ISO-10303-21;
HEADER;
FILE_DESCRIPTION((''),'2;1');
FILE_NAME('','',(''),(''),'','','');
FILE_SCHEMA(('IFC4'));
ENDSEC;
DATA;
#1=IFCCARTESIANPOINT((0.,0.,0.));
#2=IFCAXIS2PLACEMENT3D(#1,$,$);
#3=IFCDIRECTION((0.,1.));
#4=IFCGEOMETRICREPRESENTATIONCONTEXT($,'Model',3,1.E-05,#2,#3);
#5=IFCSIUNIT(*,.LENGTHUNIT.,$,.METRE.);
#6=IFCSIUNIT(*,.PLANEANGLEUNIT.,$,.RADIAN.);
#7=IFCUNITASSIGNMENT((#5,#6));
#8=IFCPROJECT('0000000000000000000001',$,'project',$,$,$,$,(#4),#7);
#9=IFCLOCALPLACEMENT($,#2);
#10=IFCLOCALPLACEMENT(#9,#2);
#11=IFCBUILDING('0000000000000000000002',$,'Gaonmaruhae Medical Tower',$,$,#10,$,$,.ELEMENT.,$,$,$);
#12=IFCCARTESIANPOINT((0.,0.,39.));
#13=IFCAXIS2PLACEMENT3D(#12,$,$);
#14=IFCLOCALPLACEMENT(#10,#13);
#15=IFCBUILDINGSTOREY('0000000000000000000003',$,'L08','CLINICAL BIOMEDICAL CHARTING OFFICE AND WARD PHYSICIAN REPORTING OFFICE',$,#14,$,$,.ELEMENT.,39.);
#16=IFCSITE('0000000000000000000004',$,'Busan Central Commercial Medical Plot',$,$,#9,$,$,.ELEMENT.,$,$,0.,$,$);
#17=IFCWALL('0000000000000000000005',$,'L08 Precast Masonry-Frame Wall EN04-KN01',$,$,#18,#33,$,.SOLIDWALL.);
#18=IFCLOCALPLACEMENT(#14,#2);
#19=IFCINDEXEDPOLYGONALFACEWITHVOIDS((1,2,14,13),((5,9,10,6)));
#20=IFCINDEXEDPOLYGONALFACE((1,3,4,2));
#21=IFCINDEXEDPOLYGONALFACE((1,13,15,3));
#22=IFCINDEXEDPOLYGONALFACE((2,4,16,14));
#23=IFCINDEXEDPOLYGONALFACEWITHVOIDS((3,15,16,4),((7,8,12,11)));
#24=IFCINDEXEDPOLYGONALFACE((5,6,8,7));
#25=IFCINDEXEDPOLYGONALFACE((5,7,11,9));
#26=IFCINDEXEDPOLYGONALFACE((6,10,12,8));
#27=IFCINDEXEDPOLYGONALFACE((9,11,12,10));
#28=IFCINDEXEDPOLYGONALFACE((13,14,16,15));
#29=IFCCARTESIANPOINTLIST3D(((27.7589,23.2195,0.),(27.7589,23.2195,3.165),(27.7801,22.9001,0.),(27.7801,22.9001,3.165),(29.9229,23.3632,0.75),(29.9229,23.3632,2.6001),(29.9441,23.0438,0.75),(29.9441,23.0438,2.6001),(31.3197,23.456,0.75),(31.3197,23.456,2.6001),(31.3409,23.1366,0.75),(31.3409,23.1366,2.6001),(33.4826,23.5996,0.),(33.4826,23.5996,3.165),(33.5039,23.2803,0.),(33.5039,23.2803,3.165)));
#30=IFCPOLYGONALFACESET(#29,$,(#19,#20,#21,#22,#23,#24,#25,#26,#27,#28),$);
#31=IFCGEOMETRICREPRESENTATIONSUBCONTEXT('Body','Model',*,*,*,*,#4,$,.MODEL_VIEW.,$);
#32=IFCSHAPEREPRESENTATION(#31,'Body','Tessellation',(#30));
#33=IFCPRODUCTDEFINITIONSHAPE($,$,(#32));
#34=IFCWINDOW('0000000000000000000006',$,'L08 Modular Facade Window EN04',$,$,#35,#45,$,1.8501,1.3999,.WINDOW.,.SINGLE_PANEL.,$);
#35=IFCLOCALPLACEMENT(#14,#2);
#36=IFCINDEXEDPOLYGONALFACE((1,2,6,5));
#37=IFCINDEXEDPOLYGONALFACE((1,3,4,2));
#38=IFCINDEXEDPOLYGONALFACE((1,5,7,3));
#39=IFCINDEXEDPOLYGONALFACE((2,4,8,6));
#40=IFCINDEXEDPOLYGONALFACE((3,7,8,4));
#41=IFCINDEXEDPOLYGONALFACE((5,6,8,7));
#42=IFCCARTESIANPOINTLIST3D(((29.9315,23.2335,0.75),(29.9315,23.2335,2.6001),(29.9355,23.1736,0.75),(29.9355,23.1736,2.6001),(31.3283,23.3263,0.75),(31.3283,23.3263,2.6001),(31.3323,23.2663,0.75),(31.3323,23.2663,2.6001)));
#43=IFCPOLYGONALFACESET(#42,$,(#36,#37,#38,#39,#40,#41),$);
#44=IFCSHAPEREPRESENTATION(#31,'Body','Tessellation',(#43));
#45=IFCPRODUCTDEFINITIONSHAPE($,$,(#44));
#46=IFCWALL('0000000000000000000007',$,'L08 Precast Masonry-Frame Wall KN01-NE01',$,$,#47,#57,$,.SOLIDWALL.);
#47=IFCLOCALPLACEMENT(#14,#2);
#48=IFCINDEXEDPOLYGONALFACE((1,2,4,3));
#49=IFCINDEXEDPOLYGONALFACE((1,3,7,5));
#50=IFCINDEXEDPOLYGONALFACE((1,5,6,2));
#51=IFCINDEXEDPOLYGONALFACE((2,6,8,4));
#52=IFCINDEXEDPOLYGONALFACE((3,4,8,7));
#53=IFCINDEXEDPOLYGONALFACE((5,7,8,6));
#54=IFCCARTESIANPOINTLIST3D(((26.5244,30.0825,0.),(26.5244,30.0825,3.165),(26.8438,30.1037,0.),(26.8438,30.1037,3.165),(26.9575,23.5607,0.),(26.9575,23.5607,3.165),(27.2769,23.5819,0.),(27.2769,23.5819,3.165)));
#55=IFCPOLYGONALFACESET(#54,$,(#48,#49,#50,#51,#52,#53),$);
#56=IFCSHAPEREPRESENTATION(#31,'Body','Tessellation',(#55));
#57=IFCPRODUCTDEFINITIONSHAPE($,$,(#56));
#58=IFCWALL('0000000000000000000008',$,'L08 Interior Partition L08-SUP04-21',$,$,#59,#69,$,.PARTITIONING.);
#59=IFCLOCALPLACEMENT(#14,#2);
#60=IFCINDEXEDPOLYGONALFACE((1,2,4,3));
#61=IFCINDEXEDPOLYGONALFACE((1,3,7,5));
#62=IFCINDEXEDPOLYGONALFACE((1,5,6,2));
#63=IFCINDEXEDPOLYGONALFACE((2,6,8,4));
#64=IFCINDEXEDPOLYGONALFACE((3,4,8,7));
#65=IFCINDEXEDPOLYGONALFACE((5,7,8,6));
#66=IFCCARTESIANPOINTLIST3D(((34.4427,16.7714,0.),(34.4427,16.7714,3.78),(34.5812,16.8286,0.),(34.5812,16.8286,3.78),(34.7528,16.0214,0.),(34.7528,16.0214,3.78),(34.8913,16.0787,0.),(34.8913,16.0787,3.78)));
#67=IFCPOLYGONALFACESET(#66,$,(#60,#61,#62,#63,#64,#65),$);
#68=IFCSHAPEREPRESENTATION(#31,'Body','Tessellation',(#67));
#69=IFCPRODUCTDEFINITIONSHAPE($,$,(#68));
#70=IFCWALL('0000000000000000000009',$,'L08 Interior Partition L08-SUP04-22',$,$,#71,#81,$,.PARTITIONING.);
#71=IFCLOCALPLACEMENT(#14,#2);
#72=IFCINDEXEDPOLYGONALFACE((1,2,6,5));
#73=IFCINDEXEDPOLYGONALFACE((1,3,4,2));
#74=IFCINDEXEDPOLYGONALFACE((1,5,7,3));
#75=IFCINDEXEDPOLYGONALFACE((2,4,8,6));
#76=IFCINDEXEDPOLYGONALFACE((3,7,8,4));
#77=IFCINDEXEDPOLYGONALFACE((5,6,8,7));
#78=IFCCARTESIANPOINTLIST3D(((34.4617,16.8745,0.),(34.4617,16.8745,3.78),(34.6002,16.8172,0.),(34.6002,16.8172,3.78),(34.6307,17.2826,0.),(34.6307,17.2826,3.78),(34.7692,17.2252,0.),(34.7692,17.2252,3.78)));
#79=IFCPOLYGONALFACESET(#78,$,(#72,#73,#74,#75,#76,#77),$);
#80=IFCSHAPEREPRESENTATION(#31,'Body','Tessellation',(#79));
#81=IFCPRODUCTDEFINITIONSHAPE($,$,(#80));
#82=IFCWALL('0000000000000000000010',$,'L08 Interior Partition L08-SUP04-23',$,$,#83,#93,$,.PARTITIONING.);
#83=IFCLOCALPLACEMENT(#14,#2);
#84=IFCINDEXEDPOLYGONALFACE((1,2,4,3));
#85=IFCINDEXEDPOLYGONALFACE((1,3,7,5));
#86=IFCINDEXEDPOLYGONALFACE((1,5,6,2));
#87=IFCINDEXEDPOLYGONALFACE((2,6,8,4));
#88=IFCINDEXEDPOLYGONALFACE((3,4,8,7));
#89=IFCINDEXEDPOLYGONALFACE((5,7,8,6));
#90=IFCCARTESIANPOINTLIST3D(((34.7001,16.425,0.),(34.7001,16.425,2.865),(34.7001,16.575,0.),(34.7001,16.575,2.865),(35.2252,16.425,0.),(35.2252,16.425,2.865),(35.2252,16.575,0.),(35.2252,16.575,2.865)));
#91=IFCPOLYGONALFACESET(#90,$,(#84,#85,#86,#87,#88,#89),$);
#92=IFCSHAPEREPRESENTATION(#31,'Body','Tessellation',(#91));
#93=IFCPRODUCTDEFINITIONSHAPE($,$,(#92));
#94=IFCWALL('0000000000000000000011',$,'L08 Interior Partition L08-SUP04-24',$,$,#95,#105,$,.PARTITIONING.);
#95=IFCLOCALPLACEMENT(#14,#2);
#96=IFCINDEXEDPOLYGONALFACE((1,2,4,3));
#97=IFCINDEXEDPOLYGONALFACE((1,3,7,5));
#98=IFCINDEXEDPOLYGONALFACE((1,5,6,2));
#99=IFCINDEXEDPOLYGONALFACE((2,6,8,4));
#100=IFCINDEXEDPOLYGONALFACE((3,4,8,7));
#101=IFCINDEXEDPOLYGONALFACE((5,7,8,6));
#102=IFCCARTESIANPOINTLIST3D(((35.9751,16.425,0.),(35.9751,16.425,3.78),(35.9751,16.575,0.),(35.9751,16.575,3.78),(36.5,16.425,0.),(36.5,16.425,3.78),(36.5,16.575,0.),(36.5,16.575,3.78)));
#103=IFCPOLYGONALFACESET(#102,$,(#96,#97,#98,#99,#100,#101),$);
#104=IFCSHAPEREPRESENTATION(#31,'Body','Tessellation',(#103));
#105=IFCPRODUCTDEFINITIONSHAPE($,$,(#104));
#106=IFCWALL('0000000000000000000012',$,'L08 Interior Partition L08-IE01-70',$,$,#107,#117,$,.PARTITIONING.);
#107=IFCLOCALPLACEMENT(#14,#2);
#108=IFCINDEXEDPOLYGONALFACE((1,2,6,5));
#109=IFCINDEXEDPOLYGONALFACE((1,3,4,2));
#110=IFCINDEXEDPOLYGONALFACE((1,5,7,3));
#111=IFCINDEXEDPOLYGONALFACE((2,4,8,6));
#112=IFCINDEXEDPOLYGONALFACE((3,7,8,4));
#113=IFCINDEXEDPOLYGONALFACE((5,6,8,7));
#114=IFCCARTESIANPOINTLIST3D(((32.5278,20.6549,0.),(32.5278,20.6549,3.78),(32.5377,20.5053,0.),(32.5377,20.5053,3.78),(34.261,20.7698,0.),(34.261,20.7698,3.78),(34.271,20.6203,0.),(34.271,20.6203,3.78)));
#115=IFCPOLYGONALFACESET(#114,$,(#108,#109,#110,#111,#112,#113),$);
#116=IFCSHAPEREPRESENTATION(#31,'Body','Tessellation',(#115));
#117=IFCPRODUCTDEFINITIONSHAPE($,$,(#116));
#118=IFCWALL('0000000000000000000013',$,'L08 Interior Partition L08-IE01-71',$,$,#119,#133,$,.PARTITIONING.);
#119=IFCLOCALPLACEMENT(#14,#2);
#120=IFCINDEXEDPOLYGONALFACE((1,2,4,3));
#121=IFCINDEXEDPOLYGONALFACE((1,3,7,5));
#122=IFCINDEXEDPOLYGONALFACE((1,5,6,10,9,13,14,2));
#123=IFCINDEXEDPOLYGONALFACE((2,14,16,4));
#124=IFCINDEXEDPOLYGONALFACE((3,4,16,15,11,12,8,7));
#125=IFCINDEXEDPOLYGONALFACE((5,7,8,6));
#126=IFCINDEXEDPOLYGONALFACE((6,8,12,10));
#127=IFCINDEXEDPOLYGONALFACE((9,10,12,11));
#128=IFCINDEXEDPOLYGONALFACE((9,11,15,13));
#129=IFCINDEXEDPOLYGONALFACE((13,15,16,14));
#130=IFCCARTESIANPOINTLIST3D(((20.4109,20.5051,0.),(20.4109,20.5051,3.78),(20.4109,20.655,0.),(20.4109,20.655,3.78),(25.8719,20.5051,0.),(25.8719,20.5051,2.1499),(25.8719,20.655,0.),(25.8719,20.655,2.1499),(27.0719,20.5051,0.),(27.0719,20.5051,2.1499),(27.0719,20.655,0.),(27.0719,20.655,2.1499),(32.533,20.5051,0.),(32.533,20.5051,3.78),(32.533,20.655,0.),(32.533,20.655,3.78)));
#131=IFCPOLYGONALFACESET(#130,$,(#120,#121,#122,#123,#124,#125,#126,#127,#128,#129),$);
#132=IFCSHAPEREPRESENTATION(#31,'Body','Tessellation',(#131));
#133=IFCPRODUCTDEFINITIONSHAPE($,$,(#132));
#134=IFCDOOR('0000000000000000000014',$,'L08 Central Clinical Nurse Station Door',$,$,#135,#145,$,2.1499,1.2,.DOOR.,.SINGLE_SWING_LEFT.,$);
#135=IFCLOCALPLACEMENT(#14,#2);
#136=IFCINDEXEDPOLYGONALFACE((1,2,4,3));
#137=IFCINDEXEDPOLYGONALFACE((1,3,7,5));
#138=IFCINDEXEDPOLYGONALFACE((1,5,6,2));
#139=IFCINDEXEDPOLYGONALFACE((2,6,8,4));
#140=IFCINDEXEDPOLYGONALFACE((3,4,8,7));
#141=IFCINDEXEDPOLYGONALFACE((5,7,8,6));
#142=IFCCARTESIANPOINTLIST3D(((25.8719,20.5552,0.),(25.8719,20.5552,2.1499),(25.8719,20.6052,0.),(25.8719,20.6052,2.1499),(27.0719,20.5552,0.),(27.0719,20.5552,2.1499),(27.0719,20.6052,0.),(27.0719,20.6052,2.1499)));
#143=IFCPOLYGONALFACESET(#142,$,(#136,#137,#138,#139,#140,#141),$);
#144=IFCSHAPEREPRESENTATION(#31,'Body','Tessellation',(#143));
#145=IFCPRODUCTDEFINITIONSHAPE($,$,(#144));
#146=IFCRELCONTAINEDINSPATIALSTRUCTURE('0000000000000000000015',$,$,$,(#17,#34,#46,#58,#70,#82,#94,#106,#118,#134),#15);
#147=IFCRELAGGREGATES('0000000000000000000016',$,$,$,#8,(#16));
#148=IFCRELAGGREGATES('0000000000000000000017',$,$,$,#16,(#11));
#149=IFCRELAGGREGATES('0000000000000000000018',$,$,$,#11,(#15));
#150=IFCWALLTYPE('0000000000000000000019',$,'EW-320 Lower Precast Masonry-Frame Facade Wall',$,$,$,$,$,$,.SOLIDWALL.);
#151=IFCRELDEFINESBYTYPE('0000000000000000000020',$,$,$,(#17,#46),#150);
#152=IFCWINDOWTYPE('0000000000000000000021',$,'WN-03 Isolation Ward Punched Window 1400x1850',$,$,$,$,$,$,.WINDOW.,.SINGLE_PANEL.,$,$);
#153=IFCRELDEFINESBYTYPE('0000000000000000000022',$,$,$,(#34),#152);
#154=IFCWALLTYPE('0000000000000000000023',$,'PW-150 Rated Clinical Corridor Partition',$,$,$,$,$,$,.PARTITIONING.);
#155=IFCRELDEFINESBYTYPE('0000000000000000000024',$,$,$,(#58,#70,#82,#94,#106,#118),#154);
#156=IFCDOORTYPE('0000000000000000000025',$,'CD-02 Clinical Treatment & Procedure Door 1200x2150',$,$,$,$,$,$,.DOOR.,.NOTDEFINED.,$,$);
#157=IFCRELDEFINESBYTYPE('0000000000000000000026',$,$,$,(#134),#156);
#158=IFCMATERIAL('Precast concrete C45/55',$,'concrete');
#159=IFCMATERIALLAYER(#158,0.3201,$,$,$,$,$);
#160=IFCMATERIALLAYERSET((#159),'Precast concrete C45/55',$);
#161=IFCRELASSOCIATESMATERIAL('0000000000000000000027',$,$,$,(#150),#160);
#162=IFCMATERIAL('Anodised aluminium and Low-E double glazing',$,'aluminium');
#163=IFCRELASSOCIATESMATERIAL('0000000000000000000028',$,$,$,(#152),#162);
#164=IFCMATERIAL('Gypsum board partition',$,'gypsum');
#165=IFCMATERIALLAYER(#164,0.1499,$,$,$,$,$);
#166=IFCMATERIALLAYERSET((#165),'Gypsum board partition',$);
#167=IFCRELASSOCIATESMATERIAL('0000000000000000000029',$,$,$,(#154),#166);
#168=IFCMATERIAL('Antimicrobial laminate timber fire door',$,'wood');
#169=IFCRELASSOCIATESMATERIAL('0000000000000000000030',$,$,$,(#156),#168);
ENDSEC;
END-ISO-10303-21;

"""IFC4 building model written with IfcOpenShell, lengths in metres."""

from ifc_helpers import new_model, si_unit, direction, frame, frame_2d, origin, place, context, subcontext, project, spatial, rectangle, extrude, material, layer, layer_set, type_object, element, fill, save


model = new_model("IFC4")

# Units and contexts
model_context = context("Model", 3, precision=1e-05, world=origin(), true_north=direction((0.0, 1.0)))
body_context = subcontext(model_context, "Body", "Model", "MODEL_VIEW")
ifc_project = project(units=[si_unit("LENGTHUNIT", "METRE"), si_unit("PLANEANGLEUNIT", "RADIAN")], contexts=[model_context])

# Site, building, storey
site_placement = place(None, origin())
site = spatial("IfcSite", under=ifc_project, at=site_placement, Name="Busan Central Commercial Medical Plot", CompositionType="ELEMENT", RefElevation=0.0)
building_placement = place(site_placement, origin())
building = spatial("IfcBuilding", under=site, at=building_placement, Name="Gaonmaruhae Medical Tower", CompositionType="ELEMENT")
storey_placement = place(building_placement, frame((0.0, 0.0, 39.0)))
storey = spatial("IfcBuildingStorey", under=building, at=storey_placement, Name="L08", Description="CLINICAL BIOMEDICAL CHARTING OFFICE AND WARD PHYSICIAN REPORTING OFFICE", CompositionType="ELEMENT", Elevation=39.0)

# Shared definitions
ifc_material_1 = material(Name="Precast concrete C45/55", Category="concrete")
ifc_layer_1 = layer(ifc_material_1, 0.3201)
ifc_layer_set_1 = layer_set([ifc_layer_1], Name="Precast concrete C45/55")
wall_type_1 = type_object("IfcWallType", Name="EW-320 Lower Precast Masonry-Frame Facade Wall", PredefinedType="SOLIDWALL", material=ifc_layer_set_1)

# Wall, opening, window
wall_1_placement = place(storey_placement, frame((27.7695, 23.0598, 0.0), z_axis=(0.0, 0.0, 1.0), x_axis=(0.997802, 0.066268, 0.0)))
wall_1 = element("IfcWall", 1, at=wall_1_placement, inside=storey, type_object=wall_type_1, Name="L08 Precast Masonry-Frame Wall EN04-KN01", PredefinedType="SOLIDWALL", context=body_context, shape_type="SweptSolid", body=[
    extrude(rectangle(XDim=5.7363, YDim=0.3201, at=frame_2d((2.8682, 0.0))), origin(), (0.0, 0.0, 1.0), 3.165),
])
opening_1_placement = place(wall_1_placement, frame((2.1687, 0.0, 0.75)))
opening_1 = element("IfcOpeningElement", 2, at=opening_1_placement, cuts=wall_1, PredefinedType="OPENING", context=body_context, shape_type="SweptSolid", body=[
    extrude(rectangle(XDim=1.3999, YDim=1.8501, at=frame_2d((0.7, 0.925))), frame((0.0, 0.1699, 0.0), z_axis=(0.0, -1.0, 0.0), x_axis=(1.0, 0.0, 0.0)), (0.0, 0.0, 1.0), 0.3401),
])
ifc_material_2 = material(Name="Anodised aluminium and Low-E double glazing", Category="aluminium")
window_type = type_object("IfcWindowType", Name="WN-03 Isolation Ward Punched Window 1400x1850", PartitioningType="SINGLE_PANEL", PredefinedType="WINDOW", material=ifc_material_2)
window_placement = place(opening_1_placement, origin())
window = element("IfcWindow", 3, at=window_placement, inside=storey, type_object=window_type, Name="L08 Modular Facade Window EN04", OverallHeight=1.8501, OverallWidth=1.3999, PartitioningType="SINGLE_PANEL", PredefinedType="WINDOW", context=body_context, shape_type="SweptSolid", body=[
    extrude(rectangle(XDim=1.3999, YDim=1.8501, at=frame_2d((0.7, 0.925))), frame((0.0, 0.03, 0.0), z_axis=(0.0, -1.0, 0.0), x_axis=(1.0, 0.0, 0.0)), (0.0, 0.0, 1.0), 0.0601),
])
fill(opening_1, window)

# Walls
wall_2_placement = place(storey_placement, frame((27.1172, 23.5713, 0.0), z_axis=(0.0, 0.0, 1.0), x_axis=(-0.066264, 0.997802, 0.0)))
element("IfcWall", 4, at=wall_2_placement, inside=storey, type_object=wall_type_1, Name="L08 Precast Masonry-Frame Wall KN01-NE01", PredefinedType="SOLIDWALL", context=body_context, shape_type="SweptSolid", body=[
    extrude(rectangle(XDim=6.5361, YDim=0.3201, at=frame_2d((3.2681, 0.0))), origin(), (0.0, 0.0, 1.0), 3.165),
])
ifc_material_3 = material(Name="Gypsum board partition", Category="gypsum")
ifc_layer_2 = layer(ifc_material_3, 0.1499)
ifc_layer_set_2 = layer_set([ifc_layer_2], Name="Gypsum board partition")
wall_type_2 = type_object("IfcWallType", Name="PW-150 Rated Clinical Corridor Partition", PredefinedType="PARTITIONING", material=ifc_layer_set_2)
wall_3_placement = place(storey_placement, frame((34.822, 16.05, 0.0), z_axis=(0.0, 0.0, 1.0), x_axis=(-0.382051, 0.924141, 0.0)))
element("IfcWall", 5, at=wall_3_placement, inside=storey, type_object=wall_type_2, Name="L08 Interior Partition L08-SUP04-21", PredefinedType="PARTITIONING", context=body_context, shape_type="SweptSolid", body=[
    extrude(rectangle(XDim=0.8115, YDim=0.1499, at=frame_2d((0.4058, 0.0))), origin(), (0.0, 0.0, 1.0), 3.78),
])
wall_4_placement = place(storey_placement, frame((34.531, 16.8459, 0.0), z_axis=(0.0, 0.0, 1.0), x_axis=(0.382612, 0.923909, 0.0)))
element("IfcWall", 6, at=wall_4_placement, inside=storey, type_object=wall_type_2, Name="L08 Interior Partition L08-SUP04-22", PredefinedType="PARTITIONING", context=body_context, shape_type="SweptSolid", body=[
    extrude(rectangle(XDim=0.4417, YDim=0.1499, at=frame_2d((0.2207, 0.0))), origin(), (0.0, 0.0, 1.0), 3.78),
])
wall_5_placement = place(storey_placement, frame((34.7, 16.5, 0.0), z_axis=(0.0, 0.0, 1.0), x_axis=(1.0, 0.0, 0.0)))
element("IfcWall", 7, at=wall_5_placement, inside=storey, type_object=wall_type_2, Name="L08 Interior Partition L08-SUP04-23", PredefinedType="PARTITIONING", context=body_context, shape_type="SweptSolid", body=[
    extrude(rectangle(XDim=0.5251, YDim=0.1499, at=frame_2d((0.2627, 0.0))), origin(), (0.0, 0.0, 1.0), 2.865),
])
wall_6_placement = place(storey_placement, frame((35.9751, 16.5, 0.0), z_axis=(0.0, 0.0, 1.0), x_axis=(1.0, 0.0, 0.0)))
element("IfcWall", 8, at=wall_6_placement, inside=storey, type_object=wall_type_2, Name="L08 Interior Partition L08-SUP04-24", PredefinedType="PARTITIONING", context=body_context, shape_type="SweptSolid", body=[
    extrude(rectangle(XDim=0.5249, YDim=0.1499, at=frame_2d((0.2625, 0.0))), origin(), (0.0, 0.0, 1.0), 3.78),
])
wall_7_placement = place(storey_placement, frame((34.2661, 20.6951, 0.0), z_axis=(0.0, 0.0, 1.0), x_axis=(-0.997806, -0.066202, 0.0)))
element("IfcWall", 9, at=wall_7_placement, inside=storey, type_object=wall_type_2, Name="L08 Interior Partition L08-IE01-70", PredefinedType="PARTITIONING", context=body_context, shape_type="SweptSolid", body=[
    extrude(rectangle(XDim=1.7371, YDim=0.1499, at=frame_2d((0.8687, 0.0))), origin(), (0.0, 0.0, 1.0), 3.78),
])

# Wall, opening, door
wall_8_placement = place(storey_placement, frame((32.533, 20.5801, 0.0), z_axis=(0.0, 0.0, 1.0), x_axis=(-1.0, 0.0, 0.0)))
wall_8 = element("IfcWall", 10, at=wall_8_placement, inside=storey, type_object=wall_type_2, Name="L08 Interior Partition L08-IE01-71", PredefinedType="PARTITIONING", context=body_context, shape_type="SweptSolid", body=[
    extrude(rectangle(XDim=12.1221, YDim=0.1499, at=frame_2d((6.061, 0.0))), origin(), (0.0, 0.0, 1.0), 3.78),
])
opening_2_placement = place(wall_8_placement, frame((5.4609, 0.0, 0.0)))
opening_2 = element("IfcOpeningElement", 11, at=opening_2_placement, cuts=wall_8, PredefinedType="OPENING", context=body_context, shape_type="SweptSolid", body=[
    extrude(rectangle(XDim=1.2, YDim=2.1499, at=frame_2d((0.6001, 1.075))), frame((0.0, 0.085, 0.0), z_axis=(0.0, -1.0, 0.0), x_axis=(1.0, 0.0, 0.0)), (0.0, 0.0, 1.0), 0.1699),
])
ifc_material_4 = material(Name="Antimicrobial laminate timber fire door", Category="wood")
door_type = type_object("IfcDoorType", Name="CD-02 Clinical Treatment & Procedure Door 1200x2150", OperationType="NOTDEFINED", PredefinedType="DOOR", material=ifc_material_4)
door_placement = place(opening_2_placement, origin())
door = element("IfcDoor", 12, at=door_placement, inside=storey, type_object=door_type, Name="L08 Central Clinical Nurse Station Door", OperationType="SINGLE_SWING_LEFT", OverallHeight=2.1499, OverallWidth=1.2, PredefinedType="DOOR", context=body_context, shape_type="SweptSolid", body=[
    extrude(rectangle(XDim=1.2, YDim=2.1499, at=frame_2d((0.6001, 1.075))), frame((0.0, 0.0249, 0.0), z_axis=(0.0, -1.0, 0.0), x_axis=(1.0, 0.0, 0.0)), (0.0, 0.0, 1.0), 0.05),
])
fill(opening_2, door)

save(model, "model.ifc")
